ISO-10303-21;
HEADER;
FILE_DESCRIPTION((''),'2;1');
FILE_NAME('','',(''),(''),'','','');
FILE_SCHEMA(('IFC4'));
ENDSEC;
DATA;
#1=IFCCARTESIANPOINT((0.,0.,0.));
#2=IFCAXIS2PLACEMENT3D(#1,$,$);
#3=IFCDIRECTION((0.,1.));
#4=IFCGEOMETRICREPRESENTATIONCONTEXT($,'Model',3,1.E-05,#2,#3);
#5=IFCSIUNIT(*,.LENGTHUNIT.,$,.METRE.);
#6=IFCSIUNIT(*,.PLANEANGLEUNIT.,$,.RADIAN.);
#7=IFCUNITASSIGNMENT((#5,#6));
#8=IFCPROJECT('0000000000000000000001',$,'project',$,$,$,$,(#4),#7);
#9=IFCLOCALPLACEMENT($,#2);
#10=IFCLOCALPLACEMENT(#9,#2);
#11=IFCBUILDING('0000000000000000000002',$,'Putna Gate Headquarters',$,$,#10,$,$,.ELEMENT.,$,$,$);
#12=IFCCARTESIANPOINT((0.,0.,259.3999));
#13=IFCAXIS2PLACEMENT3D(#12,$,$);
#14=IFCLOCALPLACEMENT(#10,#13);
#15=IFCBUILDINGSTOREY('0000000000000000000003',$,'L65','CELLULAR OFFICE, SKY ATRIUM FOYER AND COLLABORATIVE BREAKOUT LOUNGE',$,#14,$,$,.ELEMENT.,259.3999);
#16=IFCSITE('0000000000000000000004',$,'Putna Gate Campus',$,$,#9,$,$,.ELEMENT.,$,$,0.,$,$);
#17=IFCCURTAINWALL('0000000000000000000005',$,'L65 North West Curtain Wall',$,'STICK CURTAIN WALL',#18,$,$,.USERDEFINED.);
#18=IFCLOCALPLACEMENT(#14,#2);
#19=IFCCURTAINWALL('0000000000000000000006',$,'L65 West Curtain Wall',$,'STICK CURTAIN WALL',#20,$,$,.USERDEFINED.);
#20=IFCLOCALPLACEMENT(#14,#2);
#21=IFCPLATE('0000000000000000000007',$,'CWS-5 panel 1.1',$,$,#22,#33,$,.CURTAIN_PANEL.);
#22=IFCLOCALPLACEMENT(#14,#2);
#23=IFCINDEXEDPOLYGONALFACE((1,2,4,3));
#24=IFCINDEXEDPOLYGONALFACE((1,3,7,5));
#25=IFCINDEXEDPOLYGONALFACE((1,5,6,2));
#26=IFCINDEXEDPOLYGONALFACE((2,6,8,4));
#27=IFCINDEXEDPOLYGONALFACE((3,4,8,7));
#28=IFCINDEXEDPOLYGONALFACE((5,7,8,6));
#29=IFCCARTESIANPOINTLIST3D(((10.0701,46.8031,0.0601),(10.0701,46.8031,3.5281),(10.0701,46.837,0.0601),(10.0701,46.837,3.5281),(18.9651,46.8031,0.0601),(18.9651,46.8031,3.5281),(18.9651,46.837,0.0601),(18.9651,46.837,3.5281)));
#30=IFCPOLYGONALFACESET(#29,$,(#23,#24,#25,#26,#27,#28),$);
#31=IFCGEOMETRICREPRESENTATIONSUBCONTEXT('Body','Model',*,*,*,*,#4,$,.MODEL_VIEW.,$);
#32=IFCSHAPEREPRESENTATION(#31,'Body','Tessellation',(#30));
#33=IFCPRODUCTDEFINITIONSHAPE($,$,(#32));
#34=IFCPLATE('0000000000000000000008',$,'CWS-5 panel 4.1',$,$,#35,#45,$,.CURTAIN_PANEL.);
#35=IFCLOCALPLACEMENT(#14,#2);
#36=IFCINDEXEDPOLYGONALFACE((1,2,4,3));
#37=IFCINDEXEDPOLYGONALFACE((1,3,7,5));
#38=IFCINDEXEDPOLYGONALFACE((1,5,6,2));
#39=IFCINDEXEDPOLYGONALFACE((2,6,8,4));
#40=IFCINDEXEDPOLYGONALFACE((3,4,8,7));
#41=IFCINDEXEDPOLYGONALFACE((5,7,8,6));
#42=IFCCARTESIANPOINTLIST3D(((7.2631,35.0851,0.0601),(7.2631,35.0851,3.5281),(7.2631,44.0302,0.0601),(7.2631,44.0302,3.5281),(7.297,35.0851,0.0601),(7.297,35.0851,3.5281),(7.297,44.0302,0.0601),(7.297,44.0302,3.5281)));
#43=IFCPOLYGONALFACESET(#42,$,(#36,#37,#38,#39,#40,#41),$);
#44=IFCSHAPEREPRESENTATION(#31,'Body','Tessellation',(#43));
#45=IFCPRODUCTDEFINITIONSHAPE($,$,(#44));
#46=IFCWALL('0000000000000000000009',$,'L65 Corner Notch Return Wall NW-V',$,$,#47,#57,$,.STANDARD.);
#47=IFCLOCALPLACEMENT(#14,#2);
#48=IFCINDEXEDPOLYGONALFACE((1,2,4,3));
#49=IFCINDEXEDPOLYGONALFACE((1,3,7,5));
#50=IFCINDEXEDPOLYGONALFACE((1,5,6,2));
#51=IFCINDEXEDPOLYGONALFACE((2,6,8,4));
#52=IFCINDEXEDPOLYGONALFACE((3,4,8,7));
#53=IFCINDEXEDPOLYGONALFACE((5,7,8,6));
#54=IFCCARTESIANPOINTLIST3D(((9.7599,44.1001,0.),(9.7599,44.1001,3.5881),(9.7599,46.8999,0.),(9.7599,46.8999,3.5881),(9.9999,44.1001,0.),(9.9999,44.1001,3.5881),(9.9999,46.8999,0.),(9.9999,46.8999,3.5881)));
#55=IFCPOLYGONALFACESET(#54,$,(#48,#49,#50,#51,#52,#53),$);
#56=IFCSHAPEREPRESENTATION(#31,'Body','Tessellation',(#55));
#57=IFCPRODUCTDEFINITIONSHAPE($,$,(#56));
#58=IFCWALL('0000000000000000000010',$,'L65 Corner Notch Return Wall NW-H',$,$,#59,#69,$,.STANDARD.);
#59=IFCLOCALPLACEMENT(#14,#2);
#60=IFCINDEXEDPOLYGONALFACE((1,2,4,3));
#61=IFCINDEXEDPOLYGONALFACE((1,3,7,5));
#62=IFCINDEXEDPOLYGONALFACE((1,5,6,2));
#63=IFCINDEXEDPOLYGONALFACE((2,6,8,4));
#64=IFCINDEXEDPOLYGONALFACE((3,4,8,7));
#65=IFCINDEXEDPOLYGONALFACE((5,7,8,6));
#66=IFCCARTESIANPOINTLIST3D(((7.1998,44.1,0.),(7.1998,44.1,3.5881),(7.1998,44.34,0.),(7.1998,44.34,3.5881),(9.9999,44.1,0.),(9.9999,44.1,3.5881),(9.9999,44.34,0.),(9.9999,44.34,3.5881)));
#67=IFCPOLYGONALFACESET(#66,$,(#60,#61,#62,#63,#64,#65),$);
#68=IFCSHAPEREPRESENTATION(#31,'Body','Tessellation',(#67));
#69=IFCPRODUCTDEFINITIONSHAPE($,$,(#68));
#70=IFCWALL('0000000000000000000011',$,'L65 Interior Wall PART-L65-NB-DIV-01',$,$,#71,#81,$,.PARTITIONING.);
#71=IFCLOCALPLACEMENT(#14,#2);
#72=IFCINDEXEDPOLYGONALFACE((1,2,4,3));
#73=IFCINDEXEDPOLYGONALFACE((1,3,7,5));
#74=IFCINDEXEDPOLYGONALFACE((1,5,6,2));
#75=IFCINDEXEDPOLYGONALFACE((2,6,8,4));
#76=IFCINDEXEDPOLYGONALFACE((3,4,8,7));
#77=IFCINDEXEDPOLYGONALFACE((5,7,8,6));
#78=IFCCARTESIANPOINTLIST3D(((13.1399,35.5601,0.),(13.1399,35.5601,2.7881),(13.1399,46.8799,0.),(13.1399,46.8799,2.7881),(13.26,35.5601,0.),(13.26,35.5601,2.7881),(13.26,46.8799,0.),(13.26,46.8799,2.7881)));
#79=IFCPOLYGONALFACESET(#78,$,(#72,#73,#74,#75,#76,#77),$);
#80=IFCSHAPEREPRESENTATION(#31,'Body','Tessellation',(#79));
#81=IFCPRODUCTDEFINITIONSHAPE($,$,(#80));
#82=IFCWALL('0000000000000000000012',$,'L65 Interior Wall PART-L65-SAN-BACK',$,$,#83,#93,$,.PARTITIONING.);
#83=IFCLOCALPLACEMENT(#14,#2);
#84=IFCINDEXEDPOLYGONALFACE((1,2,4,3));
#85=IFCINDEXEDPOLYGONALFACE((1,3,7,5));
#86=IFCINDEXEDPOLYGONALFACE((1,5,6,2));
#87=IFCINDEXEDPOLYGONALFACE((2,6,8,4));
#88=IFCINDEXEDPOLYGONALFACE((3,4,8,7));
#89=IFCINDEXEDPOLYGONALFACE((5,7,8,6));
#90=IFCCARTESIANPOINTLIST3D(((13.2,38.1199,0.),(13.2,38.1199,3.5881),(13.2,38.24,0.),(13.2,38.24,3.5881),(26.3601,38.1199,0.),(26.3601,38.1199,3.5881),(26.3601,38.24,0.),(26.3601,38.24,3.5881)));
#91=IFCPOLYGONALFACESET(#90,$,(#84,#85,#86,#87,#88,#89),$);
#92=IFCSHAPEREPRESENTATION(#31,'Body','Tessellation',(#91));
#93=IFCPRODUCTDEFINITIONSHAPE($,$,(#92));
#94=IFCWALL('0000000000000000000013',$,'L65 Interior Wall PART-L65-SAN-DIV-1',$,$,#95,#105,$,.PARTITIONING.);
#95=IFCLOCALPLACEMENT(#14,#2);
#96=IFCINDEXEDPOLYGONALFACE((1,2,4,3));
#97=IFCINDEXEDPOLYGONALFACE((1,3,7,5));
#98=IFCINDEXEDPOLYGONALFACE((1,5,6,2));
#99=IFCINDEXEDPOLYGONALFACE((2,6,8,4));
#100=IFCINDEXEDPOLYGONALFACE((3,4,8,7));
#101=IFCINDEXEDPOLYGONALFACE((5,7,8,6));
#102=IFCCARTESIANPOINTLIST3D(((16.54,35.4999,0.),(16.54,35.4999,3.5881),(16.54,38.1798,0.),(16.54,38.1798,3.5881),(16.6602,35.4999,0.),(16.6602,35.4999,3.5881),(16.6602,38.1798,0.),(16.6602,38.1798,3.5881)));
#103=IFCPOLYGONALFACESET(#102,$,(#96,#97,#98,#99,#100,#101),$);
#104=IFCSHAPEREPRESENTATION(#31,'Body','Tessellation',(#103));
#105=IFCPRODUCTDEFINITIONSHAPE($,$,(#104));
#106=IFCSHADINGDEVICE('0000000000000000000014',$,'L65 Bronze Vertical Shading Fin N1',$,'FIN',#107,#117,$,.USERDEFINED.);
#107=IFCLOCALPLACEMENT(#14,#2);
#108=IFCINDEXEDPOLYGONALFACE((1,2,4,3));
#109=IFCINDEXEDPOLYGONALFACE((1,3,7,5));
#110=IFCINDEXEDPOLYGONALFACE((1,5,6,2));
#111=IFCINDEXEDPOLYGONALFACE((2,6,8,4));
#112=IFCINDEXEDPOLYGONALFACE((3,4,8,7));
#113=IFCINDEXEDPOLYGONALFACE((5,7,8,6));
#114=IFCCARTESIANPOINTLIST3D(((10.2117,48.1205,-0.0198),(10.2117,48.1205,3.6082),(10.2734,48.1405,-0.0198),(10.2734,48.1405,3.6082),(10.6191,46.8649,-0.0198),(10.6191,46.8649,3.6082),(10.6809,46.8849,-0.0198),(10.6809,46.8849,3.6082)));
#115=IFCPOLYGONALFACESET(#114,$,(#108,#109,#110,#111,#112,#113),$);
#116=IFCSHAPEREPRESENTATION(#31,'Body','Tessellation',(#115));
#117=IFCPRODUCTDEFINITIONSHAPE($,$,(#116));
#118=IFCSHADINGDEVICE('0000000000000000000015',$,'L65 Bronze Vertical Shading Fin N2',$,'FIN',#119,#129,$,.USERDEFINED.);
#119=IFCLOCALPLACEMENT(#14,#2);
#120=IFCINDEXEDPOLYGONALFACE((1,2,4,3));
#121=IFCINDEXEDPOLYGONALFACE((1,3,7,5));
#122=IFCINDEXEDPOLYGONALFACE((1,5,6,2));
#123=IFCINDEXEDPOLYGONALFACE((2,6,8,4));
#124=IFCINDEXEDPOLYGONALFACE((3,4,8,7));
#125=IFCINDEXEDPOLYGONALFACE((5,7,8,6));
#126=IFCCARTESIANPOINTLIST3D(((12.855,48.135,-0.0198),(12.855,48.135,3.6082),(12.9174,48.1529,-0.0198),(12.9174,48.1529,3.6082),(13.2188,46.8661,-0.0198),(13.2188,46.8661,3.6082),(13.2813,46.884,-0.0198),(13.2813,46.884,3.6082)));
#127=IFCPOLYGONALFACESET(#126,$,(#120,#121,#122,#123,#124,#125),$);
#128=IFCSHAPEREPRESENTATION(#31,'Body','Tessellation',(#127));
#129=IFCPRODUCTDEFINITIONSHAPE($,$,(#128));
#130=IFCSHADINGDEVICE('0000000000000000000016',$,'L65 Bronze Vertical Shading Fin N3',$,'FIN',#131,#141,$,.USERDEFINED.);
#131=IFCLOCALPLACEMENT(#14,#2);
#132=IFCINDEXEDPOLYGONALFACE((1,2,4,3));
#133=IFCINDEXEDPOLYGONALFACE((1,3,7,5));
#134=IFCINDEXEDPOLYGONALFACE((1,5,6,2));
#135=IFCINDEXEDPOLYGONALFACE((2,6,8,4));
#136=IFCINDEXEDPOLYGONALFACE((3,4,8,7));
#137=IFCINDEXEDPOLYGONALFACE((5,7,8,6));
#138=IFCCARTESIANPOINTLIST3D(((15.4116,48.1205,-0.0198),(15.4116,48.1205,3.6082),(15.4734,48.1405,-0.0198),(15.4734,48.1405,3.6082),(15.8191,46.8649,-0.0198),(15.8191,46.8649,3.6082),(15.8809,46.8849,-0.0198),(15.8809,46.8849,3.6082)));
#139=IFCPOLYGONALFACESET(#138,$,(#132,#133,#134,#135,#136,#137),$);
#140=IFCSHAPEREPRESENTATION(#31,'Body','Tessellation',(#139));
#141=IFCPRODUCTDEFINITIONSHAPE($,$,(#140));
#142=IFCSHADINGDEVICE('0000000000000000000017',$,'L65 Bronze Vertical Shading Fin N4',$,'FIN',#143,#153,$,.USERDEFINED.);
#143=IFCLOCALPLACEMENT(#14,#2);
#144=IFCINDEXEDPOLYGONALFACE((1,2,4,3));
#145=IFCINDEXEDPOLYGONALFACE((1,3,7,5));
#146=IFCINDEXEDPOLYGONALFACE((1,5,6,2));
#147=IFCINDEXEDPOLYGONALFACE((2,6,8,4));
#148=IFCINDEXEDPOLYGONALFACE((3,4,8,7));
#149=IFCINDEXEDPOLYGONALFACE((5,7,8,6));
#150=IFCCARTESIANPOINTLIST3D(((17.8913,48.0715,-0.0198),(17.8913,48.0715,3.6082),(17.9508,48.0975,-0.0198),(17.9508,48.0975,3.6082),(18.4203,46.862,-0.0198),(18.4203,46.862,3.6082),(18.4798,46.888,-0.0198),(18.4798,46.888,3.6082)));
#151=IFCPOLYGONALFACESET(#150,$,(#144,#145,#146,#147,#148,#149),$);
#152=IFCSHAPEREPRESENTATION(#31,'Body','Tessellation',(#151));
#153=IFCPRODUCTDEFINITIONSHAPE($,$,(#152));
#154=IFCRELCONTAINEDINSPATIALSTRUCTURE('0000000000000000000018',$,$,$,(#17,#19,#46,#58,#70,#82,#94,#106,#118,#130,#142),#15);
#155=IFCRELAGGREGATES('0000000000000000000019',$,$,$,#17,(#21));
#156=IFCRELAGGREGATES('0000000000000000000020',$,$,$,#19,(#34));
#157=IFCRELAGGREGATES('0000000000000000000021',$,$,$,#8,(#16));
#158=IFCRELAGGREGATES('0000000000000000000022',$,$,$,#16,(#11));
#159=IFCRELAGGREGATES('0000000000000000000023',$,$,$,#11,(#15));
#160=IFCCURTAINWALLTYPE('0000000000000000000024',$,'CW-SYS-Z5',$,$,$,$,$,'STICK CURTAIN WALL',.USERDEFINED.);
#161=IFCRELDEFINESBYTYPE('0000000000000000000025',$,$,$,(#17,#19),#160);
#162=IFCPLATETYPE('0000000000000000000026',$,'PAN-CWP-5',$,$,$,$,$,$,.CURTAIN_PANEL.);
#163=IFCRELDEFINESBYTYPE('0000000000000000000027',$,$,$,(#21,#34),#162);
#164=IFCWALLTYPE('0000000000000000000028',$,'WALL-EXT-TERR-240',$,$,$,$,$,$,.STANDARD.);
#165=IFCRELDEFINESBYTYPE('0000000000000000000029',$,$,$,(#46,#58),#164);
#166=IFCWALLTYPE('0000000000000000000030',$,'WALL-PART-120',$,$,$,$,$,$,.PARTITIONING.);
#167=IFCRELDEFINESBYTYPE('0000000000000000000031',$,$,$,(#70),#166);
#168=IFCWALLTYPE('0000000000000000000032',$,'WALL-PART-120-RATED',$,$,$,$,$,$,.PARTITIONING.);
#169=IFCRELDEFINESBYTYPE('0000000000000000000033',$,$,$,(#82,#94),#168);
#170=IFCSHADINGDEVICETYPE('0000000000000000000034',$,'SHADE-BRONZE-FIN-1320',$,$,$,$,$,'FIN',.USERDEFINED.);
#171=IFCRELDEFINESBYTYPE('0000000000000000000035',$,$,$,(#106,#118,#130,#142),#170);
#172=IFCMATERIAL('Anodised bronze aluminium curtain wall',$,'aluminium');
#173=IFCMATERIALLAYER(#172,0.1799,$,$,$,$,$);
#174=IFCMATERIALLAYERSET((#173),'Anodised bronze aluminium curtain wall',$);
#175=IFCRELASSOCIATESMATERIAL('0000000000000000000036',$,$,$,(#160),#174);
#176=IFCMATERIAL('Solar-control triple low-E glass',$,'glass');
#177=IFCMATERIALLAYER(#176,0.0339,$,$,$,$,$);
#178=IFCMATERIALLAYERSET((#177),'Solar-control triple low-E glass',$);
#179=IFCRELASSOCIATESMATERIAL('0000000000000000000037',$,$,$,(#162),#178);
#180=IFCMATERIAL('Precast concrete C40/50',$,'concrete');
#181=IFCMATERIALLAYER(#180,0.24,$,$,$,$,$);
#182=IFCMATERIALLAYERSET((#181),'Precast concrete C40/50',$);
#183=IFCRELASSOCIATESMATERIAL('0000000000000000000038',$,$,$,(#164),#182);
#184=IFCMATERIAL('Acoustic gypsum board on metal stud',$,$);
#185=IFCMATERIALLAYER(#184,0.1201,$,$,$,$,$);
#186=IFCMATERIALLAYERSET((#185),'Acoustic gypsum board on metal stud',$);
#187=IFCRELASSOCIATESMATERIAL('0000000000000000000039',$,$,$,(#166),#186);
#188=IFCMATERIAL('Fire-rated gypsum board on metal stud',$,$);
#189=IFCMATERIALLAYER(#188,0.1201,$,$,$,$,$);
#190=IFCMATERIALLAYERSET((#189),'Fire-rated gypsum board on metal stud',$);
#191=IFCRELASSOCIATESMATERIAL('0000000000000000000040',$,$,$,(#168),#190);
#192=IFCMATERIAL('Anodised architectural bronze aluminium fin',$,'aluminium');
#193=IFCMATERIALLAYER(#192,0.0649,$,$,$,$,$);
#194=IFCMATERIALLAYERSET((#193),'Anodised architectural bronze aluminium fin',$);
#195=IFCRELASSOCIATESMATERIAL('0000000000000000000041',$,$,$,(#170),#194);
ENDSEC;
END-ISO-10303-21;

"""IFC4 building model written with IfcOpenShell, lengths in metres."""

from ifc_helpers import new_model, si_unit, direction, frame, frame_2d, origin, origin_2d, place, context, subcontext, project, spatial, rectangle, extrude, material, layer, layer_set, type_object, element, aggregate, save


model = new_model("IFC4")

# Units and contexts
model_context = context("Model", 3, precision=1e-05, world=origin(), true_north=direction((0.0, 1.0)))
body_context = subcontext(model_context, "Body", "Model", "MODEL_VIEW")
ifc_project = project(units=[si_unit("LENGTHUNIT", "METRE"), si_unit("PLANEANGLEUNIT", "RADIAN")], contexts=[model_context])

# Site, building, storey
site_placement = place(None, origin())
site = spatial("IfcSite", under=ifc_project, at=site_placement, Name="Putna Gate Campus", CompositionType="ELEMENT", RefElevation=0.0)
building_placement = place(site_placement, origin())
building = spatial("IfcBuilding", under=site, at=building_placement, Name="Putna Gate Headquarters", CompositionType="ELEMENT")
storey_placement = place(building_placement, frame((0.0, 0.0, 259.3999)))
storey = spatial("IfcBuildingStorey", under=building, at=storey_placement, Name="L65", Description="CELLULAR OFFICE, SKY ATRIUM FOYER AND COLLABORATIVE BREAKOUT LOUNGE", CompositionType="ELEMENT", Elevation=259.3999)

# Curtain wall
ifc_material_1 = material(Name="Anodised bronze aluminium curtain wall", Category="aluminium")
ifc_layer_1 = layer(ifc_material_1, 0.1799)
ifc_layer_set_1 = layer_set([ifc_layer_1], Name="Anodised bronze aluminium curtain wall")
curtain_wall_type = type_object("IfcCurtainWallType", Name="CW-SYS-Z5", ElementType="STICK CURTAIN WALL", PredefinedType="USERDEFINED", material=ifc_layer_set_1)
curtain_wall_1_placement = place(storey_placement, origin())
curtain_wall_1 = element("IfcCurtainWall", 1, at=curtain_wall_1_placement, inside=storey, type_object=curtain_wall_type, Name="L65 North West Curtain Wall", ObjectType="STICK CURTAIN WALL", PredefinedType="USERDEFINED")

# Curtain wall
curtain_wall_2_placement = place(storey_placement, origin())
curtain_wall_2 = element("IfcCurtainWall", 2, at=curtain_wall_2_placement, inside=storey, type_object=curtain_wall_type, Name="L65 West Curtain Wall", ObjectType="STICK CURTAIN WALL", PredefinedType="USERDEFINED")

# Plates
ifc_material_2 = material(Name="Solar-control triple low-E glass", Category="glass")
ifc_layer_2 = layer(ifc_material_2, 0.0339)
ifc_layer_set_2 = layer_set([ifc_layer_2], Name="Solar-control triple low-E glass")
plate_type = type_object("IfcPlateType", Name="PAN-CWP-5", PredefinedType="CURTAIN_PANEL", material=ifc_layer_set_2)
plate_1_placement = place(storey_placement, frame((14.5176, 46.8201, 0.0601), z_axis=(0.0, 0.0, 1.0), x_axis=(1.0, 0.0, 0.0)))
plate_1 = element("IfcPlate", 3, at=plate_1_placement, type_object=plate_type, Name="CWS-5 panel 1.1", PredefinedType="CURTAIN_PANEL", context=body_context, shape_type="SweptSolid", body=[
    extrude(rectangle(XDim=8.895, YDim=0.0339, at=origin_2d()), origin(), (0.0, 0.0, 1.0), 3.468),
])
aggregate(curtain_wall_1, [plate_1])
plate_2_placement = place(storey_placement, frame((7.28, 39.5576, 0.0601), z_axis=(0.0, 0.0, 1.0), x_axis=(0.0, 1.0, 0.0)))
plate_2 = element("IfcPlate", 4, at=plate_2_placement, type_object=plate_type, Name="CWS-5 panel 4.1", PredefinedType="CURTAIN_PANEL", context=body_context, shape_type="SweptSolid", body=[
    extrude(rectangle(XDim=8.9451, YDim=0.0339, at=origin_2d()), origin(), (0.0, 0.0, 1.0), 3.468),
])
aggregate(curtain_wall_2, [plate_2])

# Walls
ifc_material_3 = material(Name="Precast concrete C40/50", Category="concrete")
ifc_layer_3 = layer(ifc_material_3, 0.24)
ifc_layer_set_3 = layer_set([ifc_layer_3], Name="Precast concrete C40/50")
wall_type_1 = type_object("IfcWallType", Name="WALL-EXT-TERR-240", PredefinedType="STANDARD", material=ifc_layer_set_3)
wall_1_placement = place(storey_placement, frame((9.8799, 44.1001, 0.0), z_axis=(0.0, 0.0, 1.0), x_axis=(0.0, 1.0, 0.0)))
element("IfcWall", 5, at=wall_1_placement, inside=storey, type_object=wall_type_1, Name="L65 Corner Notch Return Wall NW-V", PredefinedType="STANDARD", context=body_context, shape_type="SweptSolid", body=[
    extrude(rectangle(XDim=2.7998, YDim=0.24, at=frame_2d((1.3999, 0.0))), origin(), (0.0, 0.0, 1.0), 3.5881),
])
wall_2_placement = place(storey_placement, frame((7.2, 44.22, 0.0), z_axis=(0.0, 0.0, 1.0), x_axis=(1.0, 0.0, 0.0)))
element("IfcWall", 6, at=wall_2_placement, inside=storey, type_object=wall_type_1, Name="L65 Corner Notch Return Wall NW-H", PredefinedType="STANDARD", context=body_context, shape_type="SweptSolid", body=[
    extrude(rectangle(XDim=2.8, YDim=0.24, at=frame_2d((1.3999, 0.0))), origin(), (0.0, 0.0, 1.0), 3.5881),
])
ifc_material_4 = material(Name="Acoustic gypsum board on metal stud")
ifc_layer_4 = layer(ifc_material_4, 0.1201)
ifc_layer_set_4 = layer_set([ifc_layer_4], Name="Acoustic gypsum board on metal stud")
wall_type_2 = type_object("IfcWallType", Name="WALL-PART-120", PredefinedType="PARTITIONING", material=ifc_layer_set_4)
wall_3_placement = place(storey_placement, frame((13.2, 35.5601, 0.0), z_axis=(0.0, 0.0, 1.0), x_axis=(0.0, 1.0, 0.0)))
element("IfcWall", 7, at=wall_3_placement, inside=storey, type_object=wall_type_2, Name="L65 Interior Wall PART-L65-NB-DIV-01", PredefinedType="PARTITIONING", context=body_context, shape_type="SweptSolid", body=[
    extrude(rectangle(XDim=11.3198, YDim=0.1201, at=frame_2d((5.6599, 0.0))), origin(), (0.0, 0.0, 1.0), 2.7881),
])
ifc_material_5 = material(Name="Fire-rated gypsum board on metal stud")
ifc_layer_5 = layer(ifc_material_5, 0.1201)
ifc_layer_set_5 = layer_set([ifc_layer_5], Name="Fire-rated gypsum board on metal stud")
wall_type_3 = type_object("IfcWallType", Name="WALL-PART-120-RATED", PredefinedType="PARTITIONING", material=ifc_layer_set_5)
wall_4_placement = place(storey_placement, frame((13.2, 38.1799, 0.0), z_axis=(0.0, 0.0, 1.0), x_axis=(1.0, 0.0, 0.0)))
element("IfcWall", 8, at=wall_4_placement, inside=storey, type_object=wall_type_3, Name="L65 Interior Wall PART-L65-SAN-BACK", PredefinedType="PARTITIONING", context=body_context, shape_type="SweptSolid", body=[
    extrude(rectangle(XDim=13.1602, YDim=0.1201, at=frame_2d((6.5801, 0.0))), origin(), (0.0, 0.0, 1.0), 3.5881),
])
wall_5_placement = place(storey_placement, frame((16.6001, 35.5, 0.0), z_axis=(0.0, 0.0, 1.0), x_axis=(0.0, 1.0, 0.0)))
element("IfcWall", 9, at=wall_5_placement, inside=storey, type_object=wall_type_3, Name="L65 Interior Wall PART-L65-SAN-DIV-1", PredefinedType="PARTITIONING", context=body_context, shape_type="SweptSolid", body=[
    extrude(rectangle(XDim=2.6799, YDim=0.1201, at=frame_2d((1.3398, 0.0))), origin(), (0.0, 0.0, 1.0), 3.5881),
])

# Shading devices
ifc_material_6 = material(Name="Anodised architectural bronze aluminium fin", Category="aluminium")
ifc_layer_6 = layer(ifc_material_6, 0.0649)
ifc_layer_set_6 = layer_set([ifc_layer_6], Name="Anodised architectural bronze aluminium fin")
shading_device_type = type_object("IfcShadingDeviceType", Name="SHADE-BRONZE-FIN-1320", ElementType="FIN", PredefinedType="USERDEFINED", material=ifc_layer_set_6)
for number, where, z_axis, x_axis, name in (
    (10, (10.4463, 47.5027, -0.0198), (0.0, 0.0, 1.0), (-0.308685, 0.951164, 0.0), "L65 Bronze Vertical Shading Fin N1"),
    (11, (13.0681, 47.5095, -0.0198), (0.0, 0.0, 1.0), (-0.275637, 0.961262, 0.0), "L65 Bronze Vertical Shading Fin N2"),
    (12, (15.6462, 47.5027, -0.0198), (0.0, 0.0, 1.0), (-0.308685, 0.951164, 0.0), "L65 Bronze Vertical Shading Fin N3"),
    (13, (18.1855, 47.4797, -0.0198), (0.0, 0.0, 1.0), (-0.400669, 0.916223, 0.0), "L65 Bronze Vertical Shading Fin N4"),
):
    element("IfcShadingDevice", number, at=place(storey_placement, frame(where, z_axis=z_axis, x_axis=x_axis)), inside=storey, type_object=shading_device_type, Name=name, ObjectType="FIN", PredefinedType="USERDEFINED", context=body_context, shape_type="SweptSolid", body=[
        extrude(rectangle(XDim=1.3201, YDim=0.0649, at=origin_2d()), origin(), (0.0, 0.0, 1.0), 3.6279),
    ])

save(model, "model.ifc")
